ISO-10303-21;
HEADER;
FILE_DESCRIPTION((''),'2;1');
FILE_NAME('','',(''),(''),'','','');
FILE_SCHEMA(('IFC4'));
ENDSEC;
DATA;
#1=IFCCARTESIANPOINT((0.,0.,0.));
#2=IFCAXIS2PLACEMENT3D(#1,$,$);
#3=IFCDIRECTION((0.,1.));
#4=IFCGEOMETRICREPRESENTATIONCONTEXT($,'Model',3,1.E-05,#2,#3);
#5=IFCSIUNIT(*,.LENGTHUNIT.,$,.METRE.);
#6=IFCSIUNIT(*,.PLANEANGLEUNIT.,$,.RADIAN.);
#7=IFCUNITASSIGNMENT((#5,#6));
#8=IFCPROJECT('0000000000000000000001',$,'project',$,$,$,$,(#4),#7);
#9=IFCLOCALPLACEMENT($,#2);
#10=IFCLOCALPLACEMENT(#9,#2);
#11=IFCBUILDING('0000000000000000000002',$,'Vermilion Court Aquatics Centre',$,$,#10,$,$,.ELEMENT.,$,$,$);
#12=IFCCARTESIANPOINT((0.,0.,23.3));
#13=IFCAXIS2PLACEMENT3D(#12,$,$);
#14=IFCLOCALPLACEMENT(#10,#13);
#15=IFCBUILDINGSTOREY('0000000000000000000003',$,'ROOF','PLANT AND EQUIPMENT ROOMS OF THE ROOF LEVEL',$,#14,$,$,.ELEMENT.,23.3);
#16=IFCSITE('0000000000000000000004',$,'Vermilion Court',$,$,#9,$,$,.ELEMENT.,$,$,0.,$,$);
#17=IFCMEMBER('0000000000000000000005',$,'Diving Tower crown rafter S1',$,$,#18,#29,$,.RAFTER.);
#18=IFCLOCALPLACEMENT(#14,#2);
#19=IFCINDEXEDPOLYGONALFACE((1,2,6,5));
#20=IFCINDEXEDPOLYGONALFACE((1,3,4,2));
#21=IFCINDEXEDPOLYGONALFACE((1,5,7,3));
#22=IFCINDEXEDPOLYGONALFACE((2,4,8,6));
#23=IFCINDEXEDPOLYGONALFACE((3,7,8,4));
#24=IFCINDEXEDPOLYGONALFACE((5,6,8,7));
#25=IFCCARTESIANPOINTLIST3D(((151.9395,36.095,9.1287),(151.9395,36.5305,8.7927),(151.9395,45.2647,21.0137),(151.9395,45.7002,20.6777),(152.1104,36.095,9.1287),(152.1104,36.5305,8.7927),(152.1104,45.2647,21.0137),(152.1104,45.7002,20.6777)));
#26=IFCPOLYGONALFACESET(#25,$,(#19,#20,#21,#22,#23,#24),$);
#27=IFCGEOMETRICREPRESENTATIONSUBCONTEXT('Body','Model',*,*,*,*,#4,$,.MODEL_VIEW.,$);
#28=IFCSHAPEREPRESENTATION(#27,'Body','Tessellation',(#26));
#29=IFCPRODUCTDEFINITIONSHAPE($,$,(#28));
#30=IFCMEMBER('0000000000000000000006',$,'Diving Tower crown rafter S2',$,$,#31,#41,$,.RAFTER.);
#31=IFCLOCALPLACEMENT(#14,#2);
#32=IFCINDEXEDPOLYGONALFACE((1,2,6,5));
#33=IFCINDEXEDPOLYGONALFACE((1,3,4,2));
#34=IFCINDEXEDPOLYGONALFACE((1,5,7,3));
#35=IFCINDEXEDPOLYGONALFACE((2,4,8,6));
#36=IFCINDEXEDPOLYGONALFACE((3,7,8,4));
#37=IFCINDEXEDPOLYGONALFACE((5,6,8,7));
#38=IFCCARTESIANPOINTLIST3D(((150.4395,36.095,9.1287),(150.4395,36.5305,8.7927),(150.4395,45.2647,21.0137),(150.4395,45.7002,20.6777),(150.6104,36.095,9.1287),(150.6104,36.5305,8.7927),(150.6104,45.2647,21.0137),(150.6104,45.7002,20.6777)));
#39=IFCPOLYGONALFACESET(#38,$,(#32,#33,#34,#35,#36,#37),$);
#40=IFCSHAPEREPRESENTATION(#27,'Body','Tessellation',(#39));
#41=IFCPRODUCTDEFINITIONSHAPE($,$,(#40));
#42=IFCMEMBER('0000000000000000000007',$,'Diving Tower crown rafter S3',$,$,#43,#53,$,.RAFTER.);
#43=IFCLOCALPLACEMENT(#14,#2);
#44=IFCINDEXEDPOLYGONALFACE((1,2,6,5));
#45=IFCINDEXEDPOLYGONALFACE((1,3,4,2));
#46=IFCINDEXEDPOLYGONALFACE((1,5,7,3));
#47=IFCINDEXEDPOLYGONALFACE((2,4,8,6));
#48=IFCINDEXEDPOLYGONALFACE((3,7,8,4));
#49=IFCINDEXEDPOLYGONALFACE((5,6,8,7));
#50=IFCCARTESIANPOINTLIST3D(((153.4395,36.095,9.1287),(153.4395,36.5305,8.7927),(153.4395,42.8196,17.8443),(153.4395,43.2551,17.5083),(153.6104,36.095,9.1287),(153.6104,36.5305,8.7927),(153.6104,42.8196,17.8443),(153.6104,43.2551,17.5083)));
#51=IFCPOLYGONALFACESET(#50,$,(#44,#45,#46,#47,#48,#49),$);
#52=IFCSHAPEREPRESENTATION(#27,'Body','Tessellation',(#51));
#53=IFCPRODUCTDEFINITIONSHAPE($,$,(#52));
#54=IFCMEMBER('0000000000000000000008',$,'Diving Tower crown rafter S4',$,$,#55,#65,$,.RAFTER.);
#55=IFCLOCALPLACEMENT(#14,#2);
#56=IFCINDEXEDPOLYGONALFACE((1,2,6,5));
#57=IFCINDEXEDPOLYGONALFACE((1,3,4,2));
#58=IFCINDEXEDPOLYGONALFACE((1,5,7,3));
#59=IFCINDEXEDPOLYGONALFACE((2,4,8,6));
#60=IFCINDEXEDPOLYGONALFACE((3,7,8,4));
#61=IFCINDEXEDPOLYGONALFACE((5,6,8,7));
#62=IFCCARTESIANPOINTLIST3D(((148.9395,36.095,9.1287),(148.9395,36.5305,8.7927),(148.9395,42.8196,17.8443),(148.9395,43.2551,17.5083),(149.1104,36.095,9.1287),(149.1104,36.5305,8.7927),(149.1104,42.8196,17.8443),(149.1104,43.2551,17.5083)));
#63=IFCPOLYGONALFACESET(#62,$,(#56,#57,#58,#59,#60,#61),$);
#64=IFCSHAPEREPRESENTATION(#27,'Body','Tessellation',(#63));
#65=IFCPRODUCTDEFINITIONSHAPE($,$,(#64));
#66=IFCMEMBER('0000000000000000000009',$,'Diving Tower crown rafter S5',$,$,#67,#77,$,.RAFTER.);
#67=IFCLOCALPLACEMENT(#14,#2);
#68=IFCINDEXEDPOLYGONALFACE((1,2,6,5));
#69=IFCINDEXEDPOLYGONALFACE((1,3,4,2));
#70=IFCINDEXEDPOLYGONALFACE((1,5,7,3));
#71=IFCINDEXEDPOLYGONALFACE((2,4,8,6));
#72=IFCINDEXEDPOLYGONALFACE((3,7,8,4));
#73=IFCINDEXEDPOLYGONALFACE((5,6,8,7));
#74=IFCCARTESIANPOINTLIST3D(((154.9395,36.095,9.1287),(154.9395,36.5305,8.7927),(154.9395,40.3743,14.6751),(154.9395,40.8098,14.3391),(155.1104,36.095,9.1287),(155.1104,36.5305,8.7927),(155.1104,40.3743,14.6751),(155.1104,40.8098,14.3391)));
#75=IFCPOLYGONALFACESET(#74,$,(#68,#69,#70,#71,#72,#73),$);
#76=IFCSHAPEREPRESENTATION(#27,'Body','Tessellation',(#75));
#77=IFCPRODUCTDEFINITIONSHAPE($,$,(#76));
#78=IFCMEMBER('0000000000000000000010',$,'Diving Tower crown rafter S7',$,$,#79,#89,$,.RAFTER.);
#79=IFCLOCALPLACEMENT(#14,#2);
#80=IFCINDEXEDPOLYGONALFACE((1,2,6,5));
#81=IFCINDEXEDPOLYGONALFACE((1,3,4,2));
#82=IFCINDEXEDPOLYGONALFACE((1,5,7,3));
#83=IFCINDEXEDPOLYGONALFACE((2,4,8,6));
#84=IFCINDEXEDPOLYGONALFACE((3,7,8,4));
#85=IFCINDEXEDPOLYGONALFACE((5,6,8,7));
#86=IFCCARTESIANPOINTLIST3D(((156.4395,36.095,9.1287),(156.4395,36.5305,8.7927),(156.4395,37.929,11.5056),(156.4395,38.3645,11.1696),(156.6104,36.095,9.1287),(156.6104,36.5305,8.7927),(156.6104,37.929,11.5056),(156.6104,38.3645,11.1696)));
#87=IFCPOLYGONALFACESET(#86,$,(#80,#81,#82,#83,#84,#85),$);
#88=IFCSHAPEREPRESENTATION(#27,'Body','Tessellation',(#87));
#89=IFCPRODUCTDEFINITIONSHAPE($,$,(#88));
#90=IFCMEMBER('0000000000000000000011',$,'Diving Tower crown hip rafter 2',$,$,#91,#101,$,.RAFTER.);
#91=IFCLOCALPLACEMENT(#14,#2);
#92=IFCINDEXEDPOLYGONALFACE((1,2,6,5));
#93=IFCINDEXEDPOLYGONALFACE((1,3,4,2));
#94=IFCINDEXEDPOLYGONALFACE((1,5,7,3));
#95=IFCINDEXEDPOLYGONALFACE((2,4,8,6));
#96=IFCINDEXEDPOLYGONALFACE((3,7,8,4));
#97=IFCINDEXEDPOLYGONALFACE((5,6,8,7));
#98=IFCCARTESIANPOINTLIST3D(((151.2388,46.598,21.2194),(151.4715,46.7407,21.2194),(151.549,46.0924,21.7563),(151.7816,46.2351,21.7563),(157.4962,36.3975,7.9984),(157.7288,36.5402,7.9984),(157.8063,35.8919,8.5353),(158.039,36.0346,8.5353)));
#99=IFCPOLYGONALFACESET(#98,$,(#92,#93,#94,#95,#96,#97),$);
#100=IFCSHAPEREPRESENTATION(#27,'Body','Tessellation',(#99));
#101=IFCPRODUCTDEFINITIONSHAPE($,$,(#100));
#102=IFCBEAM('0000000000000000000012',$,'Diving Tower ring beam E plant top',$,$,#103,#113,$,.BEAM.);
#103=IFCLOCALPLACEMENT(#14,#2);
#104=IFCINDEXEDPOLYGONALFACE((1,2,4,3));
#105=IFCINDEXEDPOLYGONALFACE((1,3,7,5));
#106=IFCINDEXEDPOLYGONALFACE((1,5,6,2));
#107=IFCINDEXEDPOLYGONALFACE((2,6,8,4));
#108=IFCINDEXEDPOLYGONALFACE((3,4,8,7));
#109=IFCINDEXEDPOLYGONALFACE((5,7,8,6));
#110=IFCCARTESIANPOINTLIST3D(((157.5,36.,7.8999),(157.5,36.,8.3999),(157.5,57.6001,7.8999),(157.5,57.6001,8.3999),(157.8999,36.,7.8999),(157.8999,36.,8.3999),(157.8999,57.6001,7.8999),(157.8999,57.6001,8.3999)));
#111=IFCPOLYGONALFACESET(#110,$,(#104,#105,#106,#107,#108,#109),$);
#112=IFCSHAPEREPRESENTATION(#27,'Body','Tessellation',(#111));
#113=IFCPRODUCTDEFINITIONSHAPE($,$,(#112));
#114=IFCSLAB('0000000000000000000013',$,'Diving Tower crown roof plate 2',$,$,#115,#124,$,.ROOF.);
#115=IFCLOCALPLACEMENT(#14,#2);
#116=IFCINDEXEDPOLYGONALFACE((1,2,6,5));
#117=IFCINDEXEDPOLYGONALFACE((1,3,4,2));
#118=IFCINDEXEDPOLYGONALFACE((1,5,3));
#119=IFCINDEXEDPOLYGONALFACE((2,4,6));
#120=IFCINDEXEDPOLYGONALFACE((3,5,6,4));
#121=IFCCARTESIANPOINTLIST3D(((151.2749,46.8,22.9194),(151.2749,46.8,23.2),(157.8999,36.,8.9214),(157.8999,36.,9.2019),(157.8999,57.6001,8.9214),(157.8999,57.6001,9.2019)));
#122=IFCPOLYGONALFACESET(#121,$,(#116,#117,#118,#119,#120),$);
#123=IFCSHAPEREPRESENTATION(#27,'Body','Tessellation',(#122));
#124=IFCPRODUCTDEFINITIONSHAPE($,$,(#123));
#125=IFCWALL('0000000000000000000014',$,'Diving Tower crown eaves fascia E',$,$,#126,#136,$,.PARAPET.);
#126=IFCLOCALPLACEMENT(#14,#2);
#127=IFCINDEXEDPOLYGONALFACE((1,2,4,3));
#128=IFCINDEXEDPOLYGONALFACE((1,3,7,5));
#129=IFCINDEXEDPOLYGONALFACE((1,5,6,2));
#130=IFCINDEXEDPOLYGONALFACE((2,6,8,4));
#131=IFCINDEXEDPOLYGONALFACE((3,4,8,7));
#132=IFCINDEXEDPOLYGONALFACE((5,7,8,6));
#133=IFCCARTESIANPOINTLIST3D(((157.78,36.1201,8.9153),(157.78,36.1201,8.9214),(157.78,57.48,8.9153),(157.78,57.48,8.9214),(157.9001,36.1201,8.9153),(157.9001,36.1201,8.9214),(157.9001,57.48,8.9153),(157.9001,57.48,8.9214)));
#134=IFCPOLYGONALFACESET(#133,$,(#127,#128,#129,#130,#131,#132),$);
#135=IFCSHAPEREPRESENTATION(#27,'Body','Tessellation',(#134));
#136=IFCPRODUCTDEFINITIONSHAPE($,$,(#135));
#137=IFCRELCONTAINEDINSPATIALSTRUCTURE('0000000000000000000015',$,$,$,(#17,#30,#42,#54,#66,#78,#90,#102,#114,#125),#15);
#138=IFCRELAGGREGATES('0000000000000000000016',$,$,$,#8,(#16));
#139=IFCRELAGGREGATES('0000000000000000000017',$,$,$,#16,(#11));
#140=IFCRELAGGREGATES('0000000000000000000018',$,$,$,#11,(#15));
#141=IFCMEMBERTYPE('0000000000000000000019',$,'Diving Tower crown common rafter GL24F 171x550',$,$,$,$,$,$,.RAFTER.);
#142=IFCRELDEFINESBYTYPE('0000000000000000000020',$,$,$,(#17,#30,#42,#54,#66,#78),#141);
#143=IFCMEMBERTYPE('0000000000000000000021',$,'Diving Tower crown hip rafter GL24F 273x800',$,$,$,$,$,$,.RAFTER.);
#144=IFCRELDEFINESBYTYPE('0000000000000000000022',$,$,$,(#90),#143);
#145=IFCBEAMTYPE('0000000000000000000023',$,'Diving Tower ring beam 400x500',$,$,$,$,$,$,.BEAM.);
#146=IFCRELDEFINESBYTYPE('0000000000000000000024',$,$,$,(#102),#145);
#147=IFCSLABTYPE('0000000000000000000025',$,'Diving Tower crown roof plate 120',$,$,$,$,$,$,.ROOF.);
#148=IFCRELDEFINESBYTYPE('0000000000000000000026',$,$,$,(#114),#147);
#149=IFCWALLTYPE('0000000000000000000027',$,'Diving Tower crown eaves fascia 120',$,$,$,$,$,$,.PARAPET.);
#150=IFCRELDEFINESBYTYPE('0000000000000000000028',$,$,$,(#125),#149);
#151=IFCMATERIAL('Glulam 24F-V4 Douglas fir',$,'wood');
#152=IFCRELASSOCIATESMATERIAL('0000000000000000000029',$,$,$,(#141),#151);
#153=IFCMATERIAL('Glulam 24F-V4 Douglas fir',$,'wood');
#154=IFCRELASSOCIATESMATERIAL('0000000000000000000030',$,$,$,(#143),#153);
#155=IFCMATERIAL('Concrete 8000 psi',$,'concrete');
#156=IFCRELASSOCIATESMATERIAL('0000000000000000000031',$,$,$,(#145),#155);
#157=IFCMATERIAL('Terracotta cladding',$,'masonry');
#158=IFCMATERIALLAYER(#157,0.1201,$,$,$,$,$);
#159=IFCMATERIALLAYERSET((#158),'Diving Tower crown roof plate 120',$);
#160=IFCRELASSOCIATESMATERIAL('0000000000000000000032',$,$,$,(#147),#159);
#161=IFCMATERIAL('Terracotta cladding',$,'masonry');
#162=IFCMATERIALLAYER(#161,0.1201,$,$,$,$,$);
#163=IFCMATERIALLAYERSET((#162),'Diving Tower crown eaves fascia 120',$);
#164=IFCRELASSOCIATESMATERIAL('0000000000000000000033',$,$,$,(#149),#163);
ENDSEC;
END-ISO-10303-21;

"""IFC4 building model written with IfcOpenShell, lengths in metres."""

from ifc_helpers import new_model, si_unit, direction, frame, frame_2d, origin, origin_2d, place, context, subcontext, project, spatial, polyline, rectangle, outline, extrude, material, layer, layer_set, material_profile, profile_set, type_object, element, save


model = new_model("IFC4")

# Units and contexts
model_context = context("Model", 3, precision=1e-05, world=origin(), true_north=direction((0.0, 1.0)))
body_context = subcontext(model_context, "Body", "Model", "MODEL_VIEW")
ifc_project = project(units=[si_unit("LENGTHUNIT", "METRE"), si_unit("PLANEANGLEUNIT", "RADIAN")], contexts=[model_context])

# Site, building, storey
site_placement = place(None, origin())
site = spatial("IfcSite", under=ifc_project, at=site_placement, Name="Vermilion Court", CompositionType="ELEMENT", RefElevation=0.0)
building_placement = place(site_placement, origin())
building = spatial("IfcBuilding", under=site, at=building_placement, Name="Vermilion Court Aquatics Centre", CompositionType="ELEMENT")
storey_placement = place(building_placement, frame((0.0, 0.0, 23.3)))
storey = spatial("IfcBuildingStorey", under=building, at=storey_placement, Name="ROOF", Description="PLANT AND EQUIPMENT ROOMS OF THE ROOF LEVEL", CompositionType="ELEMENT", Elevation=23.3)

# Members
ifc_material_1 = material(Name="Glulam 24F-V4 Douglas fir", Category="wood")
ifc_material_profile_1 = material_profile(ifc_material_1, rectangle(XDim=0.1709, YDim=0.55, at=origin_2d()), Name="GL24F 171x550")
ifc_profile_set_1 = profile_set([ifc_material_profile_1], Name="Glulam 24F-V4 Douglas fir")
member_type_1 = type_object("IfcMemberType", Name="Diving Tower crown common rafter GL24F 171x550", PredefinedType="RAFTER", material=ifc_profile_set_1)
for number, where, z_axis, x_axis, name in (
    (1, (152.0249, 36.3127, 8.9607), (0.0, 0.610855, 0.791742), (-1.0, 0.0, 0.0), "Diving Tower crown rafter S1"),
    (2, (150.5249, 36.3127, 8.9607), (0.0, 0.610855, 0.791742), (-1.0, 0.0, 0.0), "Diving Tower crown rafter S2"),
):
    element("IfcMember", number, at=place(storey_placement, frame(where, z_axis=z_axis, x_axis=x_axis)), inside=storey, type_object=member_type_1, Name=name, PredefinedType="RAFTER", context=body_context, shape_type="SweptSolid", body=[
        extrude(rectangle(XDim=0.1709, YDim=0.55, at=origin_2d()), origin(), (0.0, 0.0, 1.0), 15.0112),
    ])
for number, where, z_axis, x_axis, name in (
    (3, (153.5249, 36.3127, 8.9607), (0.0, 0.61087, 0.791731), (-1.0, 0.0, 0.0), "Diving Tower crown rafter S3"),
    (4, (149.0249, 36.3127, 8.9607), (0.0, 0.61087, 0.791731), (-1.0, 0.0, 0.0), "Diving Tower crown rafter S4"),
):
    element("IfcMember", number, at=place(storey_placement, frame(where, z_axis=z_axis, x_axis=x_axis)), inside=storey, type_object=member_type_1, Name=name, PredefinedType="RAFTER", context=body_context, shape_type="SweptSolid", body=[
        extrude(rectangle(XDim=0.1709, YDim=0.55, at=origin_2d()), origin(), (0.0, 0.0, 1.0), 11.0083),
    ])
member_1_placement = place(storey_placement, frame((155.0249, 36.3127, 8.9607), z_axis=(0.0, 0.610862, 0.791737), x_axis=(-1.0, 0.0, 0.0)))
element("IfcMember", 5, at=member_1_placement, inside=storey, type_object=member_type_1, Name="Diving Tower crown rafter S5", PredefinedType="RAFTER", context=body_context, shape_type="SweptSolid", body=[
    extrude(rectangle(XDim=0.1709, YDim=0.55, at=origin_2d()), origin(), (0.0, 0.0, 1.0), 7.0054),
])
member_2_placement = place(storey_placement, frame((156.5249, 36.3127, 8.9607), z_axis=(0.0, 0.610873, 0.791728), x_axis=(-1.0, 0.0, 0.0)))
element("IfcMember", 6, at=member_2_placement, inside=storey, type_object=member_type_1, Name="Diving Tower crown rafter S7", PredefinedType="RAFTER", context=body_context, shape_type="SweptSolid", body=[
    extrude(rectangle(XDim=0.1709, YDim=0.55, at=origin_2d()), origin(), (0.0, 0.0, 1.0), 3.0022),
])
ifc_material_2 = material(Name="Glulam 24F-V4 Douglas fir", Category="wood")
ifc_material_profile_2 = material_profile(ifc_material_2, rectangle(XDim=0.2729, YDim=0.8, at=origin_2d()), Name="GL24F 273x800")
ifc_profile_set_2 = profile_set([ifc_material_profile_2], Name="Glulam 24F-V4 Douglas fir")
member_type_2 = type_object("IfcMemberType", Name="Diving Tower crown hip rafter GL24F 273x800", PredefinedType="RAFTER", material=ifc_profile_set_2)
member_3_placement = place(storey_placement, frame((157.7676, 36.2161, 8.2668), z_axis=(-0.350895, 0.572015, 0.741398), x_axis=(-0.852399, -0.522893, 0.0)))
element("IfcMember", 7, at=member_3_placement, inside=storey, type_object=member_type_2, Name="Diving Tower crown hip rafter 2", PredefinedType="RAFTER", context=body_context, shape_type="SweptSolid", body=[
    extrude(rectangle(XDim=0.2729, YDim=0.8, at=origin_2d()), origin(), (0.0, 0.0, 1.0), 17.8325),
])

# Beam
ifc_material_3 = material(Name="Concrete 8000 psi", Category="concrete")
ifc_material_profile_3 = material_profile(ifc_material_3, rectangle(XDim=0.3999, YDim=0.5, at=origin_2d()), Name="RC 400x500")
ifc_profile_set_3 = profile_set([ifc_material_profile_3], Name="Concrete 8000 psi")
beam_type = type_object("IfcBeamType", Name="Diving Tower ring beam 400x500", PredefinedType="BEAM", material=ifc_profile_set_3)
beam_placement = place(storey_placement, frame((157.7, 36.0, 8.1499), z_axis=(0.0, 1.0, 0.0), x_axis=(-1.0, 0.0, 0.0)))
element("IfcBeam", 8, at=beam_placement, inside=storey, type_object=beam_type, Name="Diving Tower ring beam E plant top", PredefinedType="BEAM", context=body_context, shape_type="SweptSolid", body=[
    extrude(rectangle(XDim=0.3999, YDim=0.5, at=origin_2d()), origin(), (0.0, 0.0, 1.0), 21.6001),
])

# Slab
ifc_material_4 = material(Name="Terracotta cladding", Category="masonry")
ifc_layer_1 = layer(ifc_material_4, 0.1201)
ifc_layer_set_1 = layer_set([ifc_layer_1], Name="Diving Tower crown roof plate 120")
slab_type = type_object("IfcSlabType", Name="Diving Tower crown roof plate 120", PredefinedType="ROOF", material=ifc_layer_set_1)
slab_placement = place(storey_placement, frame((157.8999, 36.0, 9.2019), z_axis=(0.903879, 0.0, 0.427788), x_axis=(0.0, 1.0, 0.0)))
element("IfcSlab", 9, at=slab_placement, inside=storey, type_object=slab_type, Name="Diving Tower crown roof plate 2", PredefinedType="ROOF", context=body_context, shape_type="SweptSolid", body=[
    extrude(outline(polyline([(0.0, 0.0), (21.6001, 0.0), (10.8, 15.4866), (0.0, 0.0)])), origin(), (0.0, -0.903879, -0.427788), 0.2805),
])

# Wall
ifc_material_5 = material(Name="Terracotta cladding", Category="masonry")
ifc_layer_2 = layer(ifc_material_5, 0.1201)
ifc_layer_set_2 = layer_set([ifc_layer_2], Name="Diving Tower crown eaves fascia 120")
wall_type_1 = type_object("IfcWallType", Name="Diving Tower crown eaves fascia 120", PredefinedType="PARAPET", material=ifc_layer_set_2)
wall_1_placement = place(storey_placement, frame((157.8401, 36.1201, 8.9153), z_axis=(0.0, 0.0, 1.0), x_axis=(0.0, 1.0, 0.0)))
element("IfcWall", 10, at=wall_1_placement, inside=storey, type_object=wall_type_1, Name="Diving Tower crown eaves fascia E", PredefinedType="PARAPET", context=body_context, shape_type="SweptSolid", body=[
    extrude(rectangle(XDim=21.3599, YDim=0.1201, at=frame_2d((10.6799, 0.0))), origin(), (0.0, 0.0, 1.0), 0.0061),
])

save(model, "model.ifc")
